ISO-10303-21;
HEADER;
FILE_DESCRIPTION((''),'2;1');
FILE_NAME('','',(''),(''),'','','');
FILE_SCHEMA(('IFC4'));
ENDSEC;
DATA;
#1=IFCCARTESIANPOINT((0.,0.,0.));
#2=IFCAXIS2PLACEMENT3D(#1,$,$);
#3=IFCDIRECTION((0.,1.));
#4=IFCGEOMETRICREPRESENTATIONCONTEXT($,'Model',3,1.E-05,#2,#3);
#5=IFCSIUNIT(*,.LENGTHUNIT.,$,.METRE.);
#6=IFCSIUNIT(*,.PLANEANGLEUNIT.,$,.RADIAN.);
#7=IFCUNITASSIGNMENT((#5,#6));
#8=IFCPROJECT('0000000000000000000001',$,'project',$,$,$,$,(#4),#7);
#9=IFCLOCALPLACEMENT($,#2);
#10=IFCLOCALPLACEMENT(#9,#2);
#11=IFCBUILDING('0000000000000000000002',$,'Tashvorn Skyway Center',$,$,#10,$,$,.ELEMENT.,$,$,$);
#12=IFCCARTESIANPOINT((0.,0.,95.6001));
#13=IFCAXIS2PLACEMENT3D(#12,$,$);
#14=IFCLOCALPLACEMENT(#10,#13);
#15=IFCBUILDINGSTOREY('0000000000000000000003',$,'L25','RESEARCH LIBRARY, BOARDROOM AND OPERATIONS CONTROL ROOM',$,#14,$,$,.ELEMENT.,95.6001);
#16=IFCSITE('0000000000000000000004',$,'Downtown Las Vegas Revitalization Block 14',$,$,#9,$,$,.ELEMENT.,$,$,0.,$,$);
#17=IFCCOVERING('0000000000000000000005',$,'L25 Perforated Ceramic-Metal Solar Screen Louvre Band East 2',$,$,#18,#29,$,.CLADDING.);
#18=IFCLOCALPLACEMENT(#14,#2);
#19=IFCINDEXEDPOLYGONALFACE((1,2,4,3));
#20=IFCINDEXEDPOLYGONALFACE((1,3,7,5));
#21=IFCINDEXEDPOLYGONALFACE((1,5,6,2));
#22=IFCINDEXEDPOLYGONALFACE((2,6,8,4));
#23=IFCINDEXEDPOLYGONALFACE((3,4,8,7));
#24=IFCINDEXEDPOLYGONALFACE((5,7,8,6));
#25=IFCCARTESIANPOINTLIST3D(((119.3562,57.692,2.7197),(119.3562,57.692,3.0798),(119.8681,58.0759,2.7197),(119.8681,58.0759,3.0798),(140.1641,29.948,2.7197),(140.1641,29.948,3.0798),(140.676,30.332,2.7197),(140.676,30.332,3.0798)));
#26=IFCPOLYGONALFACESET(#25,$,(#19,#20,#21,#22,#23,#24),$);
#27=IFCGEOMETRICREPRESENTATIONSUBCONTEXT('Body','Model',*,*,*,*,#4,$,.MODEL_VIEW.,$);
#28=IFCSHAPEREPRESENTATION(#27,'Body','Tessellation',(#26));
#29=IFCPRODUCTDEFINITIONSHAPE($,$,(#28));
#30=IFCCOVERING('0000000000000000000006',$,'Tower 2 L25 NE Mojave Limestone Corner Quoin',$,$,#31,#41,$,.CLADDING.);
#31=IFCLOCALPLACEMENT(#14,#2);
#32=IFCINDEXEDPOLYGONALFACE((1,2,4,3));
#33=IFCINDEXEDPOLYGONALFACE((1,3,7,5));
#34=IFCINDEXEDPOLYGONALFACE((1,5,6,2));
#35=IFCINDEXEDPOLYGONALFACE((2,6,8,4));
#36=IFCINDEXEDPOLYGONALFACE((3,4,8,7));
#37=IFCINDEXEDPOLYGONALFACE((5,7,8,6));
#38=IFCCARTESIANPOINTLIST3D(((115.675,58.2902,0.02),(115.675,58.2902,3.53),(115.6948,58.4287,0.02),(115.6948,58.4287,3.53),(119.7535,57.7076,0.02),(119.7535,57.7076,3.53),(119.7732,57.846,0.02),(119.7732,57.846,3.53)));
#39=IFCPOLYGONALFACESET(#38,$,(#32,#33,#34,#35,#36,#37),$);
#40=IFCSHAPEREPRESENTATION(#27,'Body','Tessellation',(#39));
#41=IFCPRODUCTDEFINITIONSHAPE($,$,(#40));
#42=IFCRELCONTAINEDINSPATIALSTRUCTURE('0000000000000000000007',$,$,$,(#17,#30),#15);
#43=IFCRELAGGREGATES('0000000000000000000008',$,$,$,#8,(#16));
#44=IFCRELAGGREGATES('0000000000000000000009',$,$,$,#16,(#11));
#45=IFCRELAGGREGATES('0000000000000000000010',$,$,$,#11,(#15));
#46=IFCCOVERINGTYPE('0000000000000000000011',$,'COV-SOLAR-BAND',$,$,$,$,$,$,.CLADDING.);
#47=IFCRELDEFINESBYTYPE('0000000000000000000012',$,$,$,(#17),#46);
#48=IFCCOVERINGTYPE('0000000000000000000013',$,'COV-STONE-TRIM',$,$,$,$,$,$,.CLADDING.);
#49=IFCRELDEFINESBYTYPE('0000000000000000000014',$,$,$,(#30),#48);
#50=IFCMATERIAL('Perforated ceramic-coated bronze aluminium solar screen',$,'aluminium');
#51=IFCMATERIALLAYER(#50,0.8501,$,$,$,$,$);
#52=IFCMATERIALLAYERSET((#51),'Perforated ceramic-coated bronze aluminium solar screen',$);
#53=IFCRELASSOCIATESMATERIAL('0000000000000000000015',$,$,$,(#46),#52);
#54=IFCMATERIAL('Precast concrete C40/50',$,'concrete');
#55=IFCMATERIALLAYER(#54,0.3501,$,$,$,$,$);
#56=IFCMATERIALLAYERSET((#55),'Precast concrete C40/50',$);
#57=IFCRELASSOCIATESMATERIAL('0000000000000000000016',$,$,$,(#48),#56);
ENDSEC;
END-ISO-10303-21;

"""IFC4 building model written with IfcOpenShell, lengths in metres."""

from ifc_helpers import new_model, si_unit, direction, frame, origin, origin_2d, place, context, subcontext, project, spatial, rectangle, extrude, material, layer, layer_set, type_object, element, save


model = new_model("IFC4")

# Units and contexts
model_context = context("Model", 3, precision=1e-05, world=origin(), true_north=direction((0.0, 1.0)))
body_context = subcontext(model_context, "Body", "Model", "MODEL_VIEW")
ifc_project = project(units=[si_unit("LENGTHUNIT", "METRE"), si_unit("PLANEANGLEUNIT", "RADIAN")], contexts=[model_context])

# Site, building, storey
site_placement = place(None, origin())
site = spatial("IfcSite", under=ifc_project, at=site_placement, Name="Downtown Las Vegas Revitalization Block 14", CompositionType="ELEMENT", RefElevation=0.0)
building_placement = place(site_placement, origin())
building = spatial("IfcBuilding", under=site, at=building_placement, Name="Tashvorn Skyway Center", CompositionType="ELEMENT")
storey_placement = place(building_placement, frame((0.0, 0.0, 95.6001)))
storey = spatial("IfcBuildingStorey", under=building, at=storey_placement, Name="L25", Description="RESEARCH LIBRARY, BOARDROOM AND OPERATIONS CONTROL ROOM", CompositionType="ELEMENT", Elevation=95.6001)

# Shared definitions
ifc_material_1 = material(Name="Precast concrete C40/50", Category="concrete")

# Coverings
ifc_material_2 = material(Name="Perforated ceramic-coated bronze aluminium solar screen", Category="aluminium")
ifc_layer_1 = layer(ifc_material_2, 0.8501)
ifc_layer_set_1 = layer_set([ifc_layer_1], Name="Perforated ceramic-coated bronze aluminium solar screen")
covering_type_1 = type_object("IfcCoveringType", Name="COV-SOLAR-BAND", PredefinedType="CLADDING", material=ifc_layer_set_1)
for number, where, z_axis, x_axis, name in (
    (1, (130.0161, 44.012, 2.7197), (0.0, 0.0, 1.0), (0.6, -0.8, 0.0), "L25 Perforated Ceramic-Metal Solar Screen Louvre Band East 2"),
):
    element("IfcCovering", number, at=place(storey_placement, frame(where, z_axis=z_axis, x_axis=x_axis)), inside=storey, type_object=covering_type_1, Name=name, PredefinedType="CLADDING", context=body_context, shape_type="SweptSolid", body=[
        extrude(rectangle(XDim=34.6799, YDim=0.6399, at=origin_2d()), origin(), (0.0, 0.0, 1.0), 0.3601),
    ])
ifc_layer_2 = layer(ifc_material_1, 0.3501)
ifc_layer_set_2 = layer_set([ifc_layer_2], Name="Precast concrete C40/50")
covering_type_2 = type_object("IfcCoveringType", Name="COV-STONE-TRIM", PredefinedType="CLADDING", material=ifc_layer_set_2)
covering_1_placement = place(storey_placement, frame((117.7241, 58.0681, 0.02), z_axis=(0.0, 0.0, 1.0), x_axis=(0.989949, -0.141421, 0.0)))
element("IfcCovering", 2, at=covering_1_placement, inside=storey, type_object=covering_type_2, Name="Tower 2 L25 NE Mojave Limestone Corner Quoin", PredefinedType="CLADDING", context=body_context, shape_type="SweptSolid", body=[
    extrude(rectangle(XDim=4.1199, YDim=0.1399, at=origin_2d()), origin(), (0.0, 0.0, 1.0), 3.51),
])

save(model, "model.ifc")
